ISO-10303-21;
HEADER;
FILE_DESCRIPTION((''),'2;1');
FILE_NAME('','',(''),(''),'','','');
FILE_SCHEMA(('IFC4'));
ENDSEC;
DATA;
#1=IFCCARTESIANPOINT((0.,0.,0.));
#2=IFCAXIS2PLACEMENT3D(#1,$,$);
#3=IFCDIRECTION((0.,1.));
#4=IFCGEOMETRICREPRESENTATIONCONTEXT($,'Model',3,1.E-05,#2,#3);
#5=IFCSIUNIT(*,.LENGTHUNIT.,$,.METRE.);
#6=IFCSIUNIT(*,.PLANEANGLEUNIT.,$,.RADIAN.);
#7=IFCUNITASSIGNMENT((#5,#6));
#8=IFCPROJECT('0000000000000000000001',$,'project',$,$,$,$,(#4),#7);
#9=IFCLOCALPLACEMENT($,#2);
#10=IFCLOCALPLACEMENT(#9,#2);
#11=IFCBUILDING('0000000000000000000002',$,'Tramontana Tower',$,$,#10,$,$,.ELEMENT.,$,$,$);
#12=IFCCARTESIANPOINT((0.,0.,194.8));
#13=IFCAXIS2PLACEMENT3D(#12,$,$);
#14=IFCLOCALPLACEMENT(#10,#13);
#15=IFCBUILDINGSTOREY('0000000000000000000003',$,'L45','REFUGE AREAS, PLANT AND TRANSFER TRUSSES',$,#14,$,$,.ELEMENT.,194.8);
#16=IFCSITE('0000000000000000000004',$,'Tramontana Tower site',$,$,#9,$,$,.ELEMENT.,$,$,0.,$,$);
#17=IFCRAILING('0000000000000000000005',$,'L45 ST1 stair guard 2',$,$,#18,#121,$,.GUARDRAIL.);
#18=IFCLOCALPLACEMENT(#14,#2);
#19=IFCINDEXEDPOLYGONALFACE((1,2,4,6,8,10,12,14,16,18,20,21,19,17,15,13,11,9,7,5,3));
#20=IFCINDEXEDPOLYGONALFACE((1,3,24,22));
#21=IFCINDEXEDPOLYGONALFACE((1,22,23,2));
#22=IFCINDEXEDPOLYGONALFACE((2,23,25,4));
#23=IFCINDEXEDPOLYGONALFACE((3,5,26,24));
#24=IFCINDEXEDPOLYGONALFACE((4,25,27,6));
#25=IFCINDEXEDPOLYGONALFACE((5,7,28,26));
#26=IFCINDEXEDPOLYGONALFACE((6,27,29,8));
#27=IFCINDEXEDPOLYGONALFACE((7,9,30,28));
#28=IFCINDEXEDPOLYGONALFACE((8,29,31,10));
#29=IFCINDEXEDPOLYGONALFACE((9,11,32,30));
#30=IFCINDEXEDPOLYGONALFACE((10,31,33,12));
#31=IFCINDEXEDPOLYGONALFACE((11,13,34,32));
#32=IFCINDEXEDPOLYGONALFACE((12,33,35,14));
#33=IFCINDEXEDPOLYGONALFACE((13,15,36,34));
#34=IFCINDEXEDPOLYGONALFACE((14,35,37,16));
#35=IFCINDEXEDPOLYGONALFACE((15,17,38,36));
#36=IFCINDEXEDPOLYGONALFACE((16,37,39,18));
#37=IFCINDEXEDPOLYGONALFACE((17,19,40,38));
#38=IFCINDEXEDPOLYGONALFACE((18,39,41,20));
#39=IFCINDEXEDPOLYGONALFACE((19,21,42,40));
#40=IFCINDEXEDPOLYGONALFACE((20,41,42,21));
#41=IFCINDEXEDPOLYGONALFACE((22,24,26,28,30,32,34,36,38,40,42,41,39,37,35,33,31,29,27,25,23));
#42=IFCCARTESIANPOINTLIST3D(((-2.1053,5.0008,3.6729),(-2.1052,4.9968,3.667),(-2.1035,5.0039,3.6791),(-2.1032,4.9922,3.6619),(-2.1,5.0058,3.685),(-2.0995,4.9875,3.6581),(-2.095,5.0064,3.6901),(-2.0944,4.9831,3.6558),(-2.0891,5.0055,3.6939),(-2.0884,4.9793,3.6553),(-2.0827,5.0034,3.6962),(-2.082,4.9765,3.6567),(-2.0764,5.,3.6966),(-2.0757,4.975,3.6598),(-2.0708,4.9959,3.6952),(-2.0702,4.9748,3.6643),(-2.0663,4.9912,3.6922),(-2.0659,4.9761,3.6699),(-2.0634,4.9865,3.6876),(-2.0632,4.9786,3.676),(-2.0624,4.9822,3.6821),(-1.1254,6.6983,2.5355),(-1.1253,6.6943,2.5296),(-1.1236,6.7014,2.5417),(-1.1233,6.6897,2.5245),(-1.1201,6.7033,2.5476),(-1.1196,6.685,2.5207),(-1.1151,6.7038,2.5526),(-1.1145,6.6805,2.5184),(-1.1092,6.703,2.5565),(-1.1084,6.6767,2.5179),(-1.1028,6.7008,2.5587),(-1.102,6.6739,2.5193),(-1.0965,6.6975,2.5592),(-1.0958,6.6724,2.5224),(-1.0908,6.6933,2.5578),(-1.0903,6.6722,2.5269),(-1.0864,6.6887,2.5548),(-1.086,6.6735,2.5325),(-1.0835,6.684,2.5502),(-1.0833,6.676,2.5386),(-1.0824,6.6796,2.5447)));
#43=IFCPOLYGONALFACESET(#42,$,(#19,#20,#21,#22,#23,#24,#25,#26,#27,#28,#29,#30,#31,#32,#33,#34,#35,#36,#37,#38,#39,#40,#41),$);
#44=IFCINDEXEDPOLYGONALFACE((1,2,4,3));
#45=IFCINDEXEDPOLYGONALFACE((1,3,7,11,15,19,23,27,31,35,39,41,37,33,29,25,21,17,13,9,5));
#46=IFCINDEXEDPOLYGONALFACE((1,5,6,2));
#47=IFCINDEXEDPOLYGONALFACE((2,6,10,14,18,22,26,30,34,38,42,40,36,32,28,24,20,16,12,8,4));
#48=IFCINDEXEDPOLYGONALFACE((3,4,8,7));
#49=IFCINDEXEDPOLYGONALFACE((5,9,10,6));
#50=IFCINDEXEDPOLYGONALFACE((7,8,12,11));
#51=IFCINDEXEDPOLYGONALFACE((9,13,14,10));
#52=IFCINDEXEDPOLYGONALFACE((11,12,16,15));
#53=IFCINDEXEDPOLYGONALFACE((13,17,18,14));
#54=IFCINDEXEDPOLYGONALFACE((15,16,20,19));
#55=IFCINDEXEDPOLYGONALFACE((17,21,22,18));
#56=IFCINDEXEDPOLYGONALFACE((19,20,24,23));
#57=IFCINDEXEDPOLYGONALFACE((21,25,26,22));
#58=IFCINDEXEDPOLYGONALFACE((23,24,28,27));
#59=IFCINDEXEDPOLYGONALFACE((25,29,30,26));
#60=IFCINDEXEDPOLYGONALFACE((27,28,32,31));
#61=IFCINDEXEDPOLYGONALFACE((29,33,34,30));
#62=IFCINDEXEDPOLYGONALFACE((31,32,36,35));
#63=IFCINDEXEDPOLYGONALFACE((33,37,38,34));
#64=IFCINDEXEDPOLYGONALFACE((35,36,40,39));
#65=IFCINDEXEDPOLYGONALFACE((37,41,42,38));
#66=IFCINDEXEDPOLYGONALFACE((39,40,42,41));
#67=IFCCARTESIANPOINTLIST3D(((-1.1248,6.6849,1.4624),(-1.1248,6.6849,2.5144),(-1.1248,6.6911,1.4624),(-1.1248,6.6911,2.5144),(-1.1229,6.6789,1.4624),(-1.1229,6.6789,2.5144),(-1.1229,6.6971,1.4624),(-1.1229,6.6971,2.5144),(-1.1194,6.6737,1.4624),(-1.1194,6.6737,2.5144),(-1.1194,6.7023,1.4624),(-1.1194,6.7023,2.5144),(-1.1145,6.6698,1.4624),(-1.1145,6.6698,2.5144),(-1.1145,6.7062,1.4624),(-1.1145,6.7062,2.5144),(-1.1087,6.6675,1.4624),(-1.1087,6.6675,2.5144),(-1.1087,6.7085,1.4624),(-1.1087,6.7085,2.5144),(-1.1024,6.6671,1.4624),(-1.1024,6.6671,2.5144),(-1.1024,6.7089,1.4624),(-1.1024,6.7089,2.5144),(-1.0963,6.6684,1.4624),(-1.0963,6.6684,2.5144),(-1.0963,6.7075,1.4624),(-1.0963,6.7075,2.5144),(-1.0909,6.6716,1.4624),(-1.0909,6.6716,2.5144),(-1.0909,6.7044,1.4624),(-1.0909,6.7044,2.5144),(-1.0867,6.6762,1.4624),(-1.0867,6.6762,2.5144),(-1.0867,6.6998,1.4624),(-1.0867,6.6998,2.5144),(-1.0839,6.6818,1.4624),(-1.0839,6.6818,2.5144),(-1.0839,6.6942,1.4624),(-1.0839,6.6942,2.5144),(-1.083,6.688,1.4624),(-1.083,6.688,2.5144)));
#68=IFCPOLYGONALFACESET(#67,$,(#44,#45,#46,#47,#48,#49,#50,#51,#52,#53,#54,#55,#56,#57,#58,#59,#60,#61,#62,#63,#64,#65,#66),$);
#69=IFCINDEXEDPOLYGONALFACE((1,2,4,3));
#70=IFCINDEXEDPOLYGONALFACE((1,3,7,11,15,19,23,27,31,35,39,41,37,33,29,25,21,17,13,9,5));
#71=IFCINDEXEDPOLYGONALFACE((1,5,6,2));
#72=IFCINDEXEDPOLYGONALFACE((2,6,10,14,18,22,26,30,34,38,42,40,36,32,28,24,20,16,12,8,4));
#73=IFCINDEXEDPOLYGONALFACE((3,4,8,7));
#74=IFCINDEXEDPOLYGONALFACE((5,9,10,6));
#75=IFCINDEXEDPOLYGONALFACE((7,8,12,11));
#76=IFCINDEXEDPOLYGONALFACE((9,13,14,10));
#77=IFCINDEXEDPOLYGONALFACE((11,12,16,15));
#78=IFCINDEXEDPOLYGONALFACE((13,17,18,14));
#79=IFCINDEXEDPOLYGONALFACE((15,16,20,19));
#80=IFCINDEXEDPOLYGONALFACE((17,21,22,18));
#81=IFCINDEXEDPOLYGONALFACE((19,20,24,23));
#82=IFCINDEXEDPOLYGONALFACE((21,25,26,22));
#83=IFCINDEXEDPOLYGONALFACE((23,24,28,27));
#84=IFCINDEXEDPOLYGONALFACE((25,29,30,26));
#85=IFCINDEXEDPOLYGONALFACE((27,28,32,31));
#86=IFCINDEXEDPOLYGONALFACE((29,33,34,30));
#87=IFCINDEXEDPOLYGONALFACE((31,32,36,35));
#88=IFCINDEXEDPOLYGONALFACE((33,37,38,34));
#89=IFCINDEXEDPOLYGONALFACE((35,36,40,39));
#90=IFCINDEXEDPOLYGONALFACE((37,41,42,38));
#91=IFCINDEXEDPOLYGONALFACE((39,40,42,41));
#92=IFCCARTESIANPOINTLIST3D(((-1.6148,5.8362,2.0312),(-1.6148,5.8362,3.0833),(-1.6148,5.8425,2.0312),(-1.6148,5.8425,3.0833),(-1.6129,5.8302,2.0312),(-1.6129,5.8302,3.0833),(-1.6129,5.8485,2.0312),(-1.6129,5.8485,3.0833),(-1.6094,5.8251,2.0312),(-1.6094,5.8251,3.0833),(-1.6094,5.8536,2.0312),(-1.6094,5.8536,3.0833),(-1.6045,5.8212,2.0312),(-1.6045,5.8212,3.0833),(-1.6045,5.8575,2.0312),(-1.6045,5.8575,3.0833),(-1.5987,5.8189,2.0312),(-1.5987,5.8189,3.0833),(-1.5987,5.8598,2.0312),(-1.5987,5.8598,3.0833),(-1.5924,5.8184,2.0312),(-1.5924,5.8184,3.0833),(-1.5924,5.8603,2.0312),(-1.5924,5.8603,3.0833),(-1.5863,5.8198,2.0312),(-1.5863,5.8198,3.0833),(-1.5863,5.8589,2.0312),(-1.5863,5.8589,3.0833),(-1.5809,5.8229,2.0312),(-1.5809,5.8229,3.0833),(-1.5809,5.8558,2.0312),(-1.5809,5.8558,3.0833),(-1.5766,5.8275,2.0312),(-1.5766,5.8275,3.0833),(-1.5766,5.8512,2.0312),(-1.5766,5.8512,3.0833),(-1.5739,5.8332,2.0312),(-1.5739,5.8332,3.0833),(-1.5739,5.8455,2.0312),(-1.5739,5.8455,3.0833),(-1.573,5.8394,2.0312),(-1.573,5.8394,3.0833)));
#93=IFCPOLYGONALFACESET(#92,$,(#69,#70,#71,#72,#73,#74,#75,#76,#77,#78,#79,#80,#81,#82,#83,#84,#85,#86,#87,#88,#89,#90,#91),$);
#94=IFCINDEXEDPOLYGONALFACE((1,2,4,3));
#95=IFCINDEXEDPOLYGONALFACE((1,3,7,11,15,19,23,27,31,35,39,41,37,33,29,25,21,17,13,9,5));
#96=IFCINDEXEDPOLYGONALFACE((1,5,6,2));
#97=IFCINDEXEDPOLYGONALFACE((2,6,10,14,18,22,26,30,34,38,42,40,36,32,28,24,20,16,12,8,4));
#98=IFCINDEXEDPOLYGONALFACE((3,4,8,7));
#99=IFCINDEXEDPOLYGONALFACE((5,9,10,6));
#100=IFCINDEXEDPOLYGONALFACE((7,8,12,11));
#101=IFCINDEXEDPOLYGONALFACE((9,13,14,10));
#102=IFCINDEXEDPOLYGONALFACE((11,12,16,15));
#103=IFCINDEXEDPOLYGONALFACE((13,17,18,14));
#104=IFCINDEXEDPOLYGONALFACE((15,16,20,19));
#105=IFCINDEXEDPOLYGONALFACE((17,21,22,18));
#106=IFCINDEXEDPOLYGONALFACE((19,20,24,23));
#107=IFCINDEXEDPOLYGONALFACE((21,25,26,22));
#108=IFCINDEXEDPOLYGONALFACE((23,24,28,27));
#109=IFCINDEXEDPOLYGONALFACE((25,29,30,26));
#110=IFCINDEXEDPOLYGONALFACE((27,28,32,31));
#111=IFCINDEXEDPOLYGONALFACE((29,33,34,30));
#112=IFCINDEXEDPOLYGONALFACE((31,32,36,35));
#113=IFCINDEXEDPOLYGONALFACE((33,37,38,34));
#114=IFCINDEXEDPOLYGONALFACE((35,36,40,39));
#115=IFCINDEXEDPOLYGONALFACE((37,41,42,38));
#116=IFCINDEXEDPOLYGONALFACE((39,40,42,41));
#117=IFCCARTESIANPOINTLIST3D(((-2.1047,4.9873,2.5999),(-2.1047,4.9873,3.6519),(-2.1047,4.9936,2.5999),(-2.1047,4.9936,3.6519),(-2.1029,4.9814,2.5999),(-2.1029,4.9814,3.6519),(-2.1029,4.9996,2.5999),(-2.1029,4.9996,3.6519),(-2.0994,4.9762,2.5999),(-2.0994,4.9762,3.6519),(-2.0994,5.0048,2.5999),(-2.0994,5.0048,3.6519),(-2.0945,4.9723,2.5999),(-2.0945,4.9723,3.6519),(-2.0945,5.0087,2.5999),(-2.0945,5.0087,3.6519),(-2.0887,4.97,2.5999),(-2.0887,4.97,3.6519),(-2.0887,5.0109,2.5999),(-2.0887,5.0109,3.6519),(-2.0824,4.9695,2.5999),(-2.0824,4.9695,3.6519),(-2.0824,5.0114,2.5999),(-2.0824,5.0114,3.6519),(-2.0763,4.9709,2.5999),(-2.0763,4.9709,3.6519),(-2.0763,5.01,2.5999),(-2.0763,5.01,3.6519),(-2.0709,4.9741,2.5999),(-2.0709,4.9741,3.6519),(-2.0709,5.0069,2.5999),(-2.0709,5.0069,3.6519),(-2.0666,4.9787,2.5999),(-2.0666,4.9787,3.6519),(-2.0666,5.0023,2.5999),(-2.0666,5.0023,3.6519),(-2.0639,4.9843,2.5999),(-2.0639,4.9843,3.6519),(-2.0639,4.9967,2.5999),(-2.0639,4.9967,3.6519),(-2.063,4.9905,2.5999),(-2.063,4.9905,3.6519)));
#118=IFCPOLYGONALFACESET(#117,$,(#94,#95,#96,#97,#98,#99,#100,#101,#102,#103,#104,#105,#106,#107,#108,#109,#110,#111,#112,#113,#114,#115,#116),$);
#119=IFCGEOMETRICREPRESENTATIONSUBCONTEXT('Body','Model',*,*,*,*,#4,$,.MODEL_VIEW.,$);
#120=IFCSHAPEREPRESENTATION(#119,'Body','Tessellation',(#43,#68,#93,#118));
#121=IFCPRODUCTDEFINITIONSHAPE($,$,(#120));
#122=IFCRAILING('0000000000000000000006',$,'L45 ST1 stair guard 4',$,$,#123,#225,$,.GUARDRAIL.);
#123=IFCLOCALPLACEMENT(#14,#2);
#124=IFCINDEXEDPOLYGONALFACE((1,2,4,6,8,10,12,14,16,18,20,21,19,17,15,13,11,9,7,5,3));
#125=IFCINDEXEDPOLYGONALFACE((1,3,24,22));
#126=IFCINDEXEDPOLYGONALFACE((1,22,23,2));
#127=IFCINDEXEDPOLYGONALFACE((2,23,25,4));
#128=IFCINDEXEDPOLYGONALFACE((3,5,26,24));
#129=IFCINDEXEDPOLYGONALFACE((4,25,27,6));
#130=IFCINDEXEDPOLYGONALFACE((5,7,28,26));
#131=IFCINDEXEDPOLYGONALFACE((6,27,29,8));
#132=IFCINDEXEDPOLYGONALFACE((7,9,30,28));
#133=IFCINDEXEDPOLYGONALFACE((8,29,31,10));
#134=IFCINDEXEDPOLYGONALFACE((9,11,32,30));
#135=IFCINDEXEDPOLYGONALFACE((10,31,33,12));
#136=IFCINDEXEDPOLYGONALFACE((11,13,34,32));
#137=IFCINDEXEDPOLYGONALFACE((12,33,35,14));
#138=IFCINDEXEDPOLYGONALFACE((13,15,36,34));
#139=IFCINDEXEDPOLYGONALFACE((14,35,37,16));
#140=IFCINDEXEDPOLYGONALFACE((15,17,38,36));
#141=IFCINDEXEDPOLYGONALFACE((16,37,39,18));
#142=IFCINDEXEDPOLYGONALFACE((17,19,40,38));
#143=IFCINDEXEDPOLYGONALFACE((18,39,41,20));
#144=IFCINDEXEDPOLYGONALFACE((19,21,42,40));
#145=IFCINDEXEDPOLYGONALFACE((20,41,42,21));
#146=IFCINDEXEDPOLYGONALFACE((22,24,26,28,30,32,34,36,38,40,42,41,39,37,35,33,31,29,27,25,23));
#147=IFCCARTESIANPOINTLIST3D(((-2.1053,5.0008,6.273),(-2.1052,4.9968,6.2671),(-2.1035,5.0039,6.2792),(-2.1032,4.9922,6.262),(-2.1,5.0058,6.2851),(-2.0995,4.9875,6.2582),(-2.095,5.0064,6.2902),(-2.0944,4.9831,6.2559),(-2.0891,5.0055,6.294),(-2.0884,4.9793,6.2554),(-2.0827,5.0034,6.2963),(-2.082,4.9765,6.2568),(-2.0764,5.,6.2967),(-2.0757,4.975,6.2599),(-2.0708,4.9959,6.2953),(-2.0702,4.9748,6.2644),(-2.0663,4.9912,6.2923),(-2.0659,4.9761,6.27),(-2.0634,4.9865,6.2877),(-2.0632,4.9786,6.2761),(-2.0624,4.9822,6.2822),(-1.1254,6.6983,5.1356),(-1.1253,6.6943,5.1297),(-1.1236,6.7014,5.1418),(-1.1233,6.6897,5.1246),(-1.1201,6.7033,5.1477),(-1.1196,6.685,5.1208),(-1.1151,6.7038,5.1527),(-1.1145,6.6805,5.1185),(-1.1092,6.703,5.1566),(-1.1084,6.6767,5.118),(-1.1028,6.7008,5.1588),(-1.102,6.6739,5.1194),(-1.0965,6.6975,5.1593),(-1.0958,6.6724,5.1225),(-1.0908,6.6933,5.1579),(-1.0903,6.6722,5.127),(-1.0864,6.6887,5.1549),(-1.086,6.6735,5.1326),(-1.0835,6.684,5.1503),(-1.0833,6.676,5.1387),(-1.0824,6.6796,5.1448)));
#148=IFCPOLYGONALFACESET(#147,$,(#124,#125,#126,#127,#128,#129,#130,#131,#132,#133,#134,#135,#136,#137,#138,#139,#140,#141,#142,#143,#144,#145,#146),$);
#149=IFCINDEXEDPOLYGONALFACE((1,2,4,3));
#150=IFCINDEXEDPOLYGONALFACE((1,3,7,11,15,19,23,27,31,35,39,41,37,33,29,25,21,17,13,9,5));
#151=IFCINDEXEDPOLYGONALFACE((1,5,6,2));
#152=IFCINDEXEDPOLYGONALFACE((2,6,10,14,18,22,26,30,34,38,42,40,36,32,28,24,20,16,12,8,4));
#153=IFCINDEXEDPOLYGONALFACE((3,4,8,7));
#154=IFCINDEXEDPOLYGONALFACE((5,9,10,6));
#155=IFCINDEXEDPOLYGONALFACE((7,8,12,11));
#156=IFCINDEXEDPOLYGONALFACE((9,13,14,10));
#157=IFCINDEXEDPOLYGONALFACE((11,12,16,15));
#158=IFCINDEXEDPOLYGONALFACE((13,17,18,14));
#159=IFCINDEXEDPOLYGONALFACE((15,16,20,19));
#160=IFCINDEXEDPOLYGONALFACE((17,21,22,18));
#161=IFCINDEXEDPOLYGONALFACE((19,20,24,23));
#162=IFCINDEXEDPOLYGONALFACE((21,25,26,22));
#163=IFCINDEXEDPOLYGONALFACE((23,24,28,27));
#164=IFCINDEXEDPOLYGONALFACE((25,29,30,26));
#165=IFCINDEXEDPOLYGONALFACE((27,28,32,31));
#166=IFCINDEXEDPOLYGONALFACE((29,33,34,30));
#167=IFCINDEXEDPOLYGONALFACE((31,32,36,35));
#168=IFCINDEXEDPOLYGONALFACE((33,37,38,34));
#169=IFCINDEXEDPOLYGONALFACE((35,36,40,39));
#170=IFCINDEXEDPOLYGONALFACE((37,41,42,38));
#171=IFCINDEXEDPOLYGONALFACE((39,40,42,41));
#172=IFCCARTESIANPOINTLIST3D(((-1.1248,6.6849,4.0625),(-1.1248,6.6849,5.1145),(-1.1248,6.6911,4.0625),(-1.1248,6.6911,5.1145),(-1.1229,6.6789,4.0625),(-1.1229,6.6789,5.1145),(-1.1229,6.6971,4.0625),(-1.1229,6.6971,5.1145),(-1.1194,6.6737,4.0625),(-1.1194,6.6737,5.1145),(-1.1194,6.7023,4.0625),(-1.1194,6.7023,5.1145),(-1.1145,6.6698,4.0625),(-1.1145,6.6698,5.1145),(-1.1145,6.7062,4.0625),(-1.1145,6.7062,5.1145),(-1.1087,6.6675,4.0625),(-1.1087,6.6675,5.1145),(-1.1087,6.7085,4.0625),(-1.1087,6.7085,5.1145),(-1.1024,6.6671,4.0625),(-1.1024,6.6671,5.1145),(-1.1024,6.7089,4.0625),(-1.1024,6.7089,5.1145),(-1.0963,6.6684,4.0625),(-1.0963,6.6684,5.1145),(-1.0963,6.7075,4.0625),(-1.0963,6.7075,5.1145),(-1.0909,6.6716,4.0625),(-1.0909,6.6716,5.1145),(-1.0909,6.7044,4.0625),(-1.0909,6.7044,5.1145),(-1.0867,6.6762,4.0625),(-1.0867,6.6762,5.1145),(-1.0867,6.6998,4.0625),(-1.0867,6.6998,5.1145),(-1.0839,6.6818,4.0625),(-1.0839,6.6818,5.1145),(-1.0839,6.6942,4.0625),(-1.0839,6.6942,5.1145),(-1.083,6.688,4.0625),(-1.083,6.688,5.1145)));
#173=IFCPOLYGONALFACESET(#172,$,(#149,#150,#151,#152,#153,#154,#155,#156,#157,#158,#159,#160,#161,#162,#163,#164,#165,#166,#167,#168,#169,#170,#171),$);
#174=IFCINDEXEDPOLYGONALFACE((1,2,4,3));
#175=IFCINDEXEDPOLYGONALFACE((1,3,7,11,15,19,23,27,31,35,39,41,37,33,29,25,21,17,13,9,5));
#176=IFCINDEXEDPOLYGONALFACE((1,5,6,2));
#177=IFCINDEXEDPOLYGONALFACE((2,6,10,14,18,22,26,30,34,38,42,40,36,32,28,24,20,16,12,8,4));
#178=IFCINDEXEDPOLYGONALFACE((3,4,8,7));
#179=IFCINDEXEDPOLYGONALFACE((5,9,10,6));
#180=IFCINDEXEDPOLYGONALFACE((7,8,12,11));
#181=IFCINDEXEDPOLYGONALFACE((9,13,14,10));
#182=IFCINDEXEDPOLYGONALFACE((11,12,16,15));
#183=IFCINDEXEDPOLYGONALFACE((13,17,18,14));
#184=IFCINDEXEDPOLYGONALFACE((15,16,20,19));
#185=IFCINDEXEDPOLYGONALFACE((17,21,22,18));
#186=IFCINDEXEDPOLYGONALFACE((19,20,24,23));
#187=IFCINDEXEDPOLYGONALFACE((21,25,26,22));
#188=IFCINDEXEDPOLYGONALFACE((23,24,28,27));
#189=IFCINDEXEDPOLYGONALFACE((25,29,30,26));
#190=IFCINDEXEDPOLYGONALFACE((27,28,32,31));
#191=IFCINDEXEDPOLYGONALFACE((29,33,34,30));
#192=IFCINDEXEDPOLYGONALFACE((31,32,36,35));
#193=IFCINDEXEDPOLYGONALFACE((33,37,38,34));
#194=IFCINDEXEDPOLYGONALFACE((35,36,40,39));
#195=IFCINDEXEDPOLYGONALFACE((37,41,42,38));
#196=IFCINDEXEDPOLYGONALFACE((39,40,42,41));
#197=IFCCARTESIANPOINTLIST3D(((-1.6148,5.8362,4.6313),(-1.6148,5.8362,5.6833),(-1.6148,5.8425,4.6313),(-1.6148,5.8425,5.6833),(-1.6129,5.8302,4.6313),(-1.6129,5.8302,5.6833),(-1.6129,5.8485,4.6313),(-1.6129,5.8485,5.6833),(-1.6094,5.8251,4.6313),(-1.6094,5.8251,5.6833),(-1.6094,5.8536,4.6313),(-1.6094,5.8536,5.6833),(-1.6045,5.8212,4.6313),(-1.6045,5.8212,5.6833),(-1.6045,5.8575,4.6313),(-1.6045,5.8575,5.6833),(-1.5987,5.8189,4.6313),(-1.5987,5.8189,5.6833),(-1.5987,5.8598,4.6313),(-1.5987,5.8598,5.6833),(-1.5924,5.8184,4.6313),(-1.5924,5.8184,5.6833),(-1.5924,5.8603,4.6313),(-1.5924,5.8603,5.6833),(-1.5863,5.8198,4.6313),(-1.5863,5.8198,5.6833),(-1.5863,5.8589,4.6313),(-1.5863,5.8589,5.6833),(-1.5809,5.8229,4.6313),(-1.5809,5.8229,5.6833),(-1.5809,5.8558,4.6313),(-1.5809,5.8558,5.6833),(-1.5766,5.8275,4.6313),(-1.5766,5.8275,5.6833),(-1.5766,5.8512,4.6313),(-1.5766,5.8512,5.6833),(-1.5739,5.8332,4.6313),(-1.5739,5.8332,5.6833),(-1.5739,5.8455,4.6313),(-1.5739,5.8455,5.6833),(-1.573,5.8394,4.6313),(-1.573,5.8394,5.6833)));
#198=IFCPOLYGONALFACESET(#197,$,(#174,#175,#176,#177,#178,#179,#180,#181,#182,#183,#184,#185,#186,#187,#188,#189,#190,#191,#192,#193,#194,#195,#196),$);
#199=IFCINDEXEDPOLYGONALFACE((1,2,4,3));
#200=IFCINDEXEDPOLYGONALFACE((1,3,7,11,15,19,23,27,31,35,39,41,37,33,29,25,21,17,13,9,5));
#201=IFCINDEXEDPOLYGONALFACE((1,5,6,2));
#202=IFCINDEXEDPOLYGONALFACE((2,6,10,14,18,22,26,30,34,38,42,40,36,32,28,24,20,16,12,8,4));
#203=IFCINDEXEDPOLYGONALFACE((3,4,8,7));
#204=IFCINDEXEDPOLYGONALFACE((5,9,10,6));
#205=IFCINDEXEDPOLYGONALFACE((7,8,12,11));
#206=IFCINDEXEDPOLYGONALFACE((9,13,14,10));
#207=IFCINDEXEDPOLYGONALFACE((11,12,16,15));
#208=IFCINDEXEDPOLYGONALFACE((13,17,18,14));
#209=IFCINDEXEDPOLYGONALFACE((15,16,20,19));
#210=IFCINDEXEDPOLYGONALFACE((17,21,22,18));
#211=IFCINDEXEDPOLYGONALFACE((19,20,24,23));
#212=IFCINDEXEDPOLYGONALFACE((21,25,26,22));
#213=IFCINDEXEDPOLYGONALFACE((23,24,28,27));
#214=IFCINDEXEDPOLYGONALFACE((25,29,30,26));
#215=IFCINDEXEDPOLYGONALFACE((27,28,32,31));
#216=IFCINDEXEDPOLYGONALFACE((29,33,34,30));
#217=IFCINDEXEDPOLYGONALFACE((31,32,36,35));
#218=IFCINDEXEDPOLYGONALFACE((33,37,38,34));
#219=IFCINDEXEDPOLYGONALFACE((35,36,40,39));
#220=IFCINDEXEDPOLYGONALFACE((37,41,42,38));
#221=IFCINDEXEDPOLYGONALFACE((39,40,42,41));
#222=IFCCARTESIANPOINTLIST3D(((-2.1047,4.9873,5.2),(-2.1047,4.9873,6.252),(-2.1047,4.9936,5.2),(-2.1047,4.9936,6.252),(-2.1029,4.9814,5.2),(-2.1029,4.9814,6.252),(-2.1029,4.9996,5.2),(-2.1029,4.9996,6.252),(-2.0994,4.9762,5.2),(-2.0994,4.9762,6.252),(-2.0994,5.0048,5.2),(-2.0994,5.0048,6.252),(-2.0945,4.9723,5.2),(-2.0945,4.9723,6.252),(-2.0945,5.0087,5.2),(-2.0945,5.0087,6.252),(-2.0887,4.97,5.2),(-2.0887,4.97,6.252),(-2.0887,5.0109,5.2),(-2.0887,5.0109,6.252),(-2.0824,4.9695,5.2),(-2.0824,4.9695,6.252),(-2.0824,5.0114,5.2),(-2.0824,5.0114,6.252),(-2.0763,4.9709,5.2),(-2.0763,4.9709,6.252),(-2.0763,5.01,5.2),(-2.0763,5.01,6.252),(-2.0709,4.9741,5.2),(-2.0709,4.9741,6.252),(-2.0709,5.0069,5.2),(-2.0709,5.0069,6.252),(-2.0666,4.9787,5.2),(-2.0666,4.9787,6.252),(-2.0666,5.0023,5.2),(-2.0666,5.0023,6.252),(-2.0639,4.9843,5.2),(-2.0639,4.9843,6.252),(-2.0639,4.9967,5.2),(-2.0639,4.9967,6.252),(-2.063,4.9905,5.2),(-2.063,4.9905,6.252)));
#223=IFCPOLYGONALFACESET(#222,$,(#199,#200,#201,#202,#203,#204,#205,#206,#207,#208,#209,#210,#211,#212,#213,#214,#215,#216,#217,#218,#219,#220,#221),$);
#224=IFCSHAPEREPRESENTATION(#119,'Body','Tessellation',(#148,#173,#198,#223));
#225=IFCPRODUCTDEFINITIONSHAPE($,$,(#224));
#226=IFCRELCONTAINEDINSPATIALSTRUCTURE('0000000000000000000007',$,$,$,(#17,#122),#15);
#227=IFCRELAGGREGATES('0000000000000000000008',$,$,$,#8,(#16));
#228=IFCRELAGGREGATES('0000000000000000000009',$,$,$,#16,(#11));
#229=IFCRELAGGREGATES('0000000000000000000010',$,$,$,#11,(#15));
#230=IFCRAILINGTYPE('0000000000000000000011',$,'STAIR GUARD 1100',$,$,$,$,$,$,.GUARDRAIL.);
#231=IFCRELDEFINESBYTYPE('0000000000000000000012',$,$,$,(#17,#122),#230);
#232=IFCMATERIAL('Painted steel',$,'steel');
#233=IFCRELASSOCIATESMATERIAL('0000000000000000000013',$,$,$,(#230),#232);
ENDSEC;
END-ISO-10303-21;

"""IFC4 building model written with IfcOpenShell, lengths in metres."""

from ifc_helpers import new_model, si_unit, direction, frame, origin, origin_2d, place, context, subcontext, project, spatial, circle, extrude, material, type_object, element, save


model = new_model("IFC4")

# Units and contexts
model_context = context("Model", 3, precision=1e-05, world=origin(), true_north=direction((0.0, 1.0)))
body_context = subcontext(model_context, "Body", "Model", "MODEL_VIEW")
ifc_project = project(units=[si_unit("LENGTHUNIT", "METRE"), si_unit("PLANEANGLEUNIT", "RADIAN")], contexts=[model_context])

# Site, building, storey
site_placement = place(None, origin())
site = spatial("IfcSite", under=ifc_project, at=site_placement, Name="Tramontana Tower site", CompositionType="ELEMENT", RefElevation=0.0)
building_placement = place(site_placement, origin())
building = spatial("IfcBuilding", under=site, at=building_placement, Name="Tramontana Tower", CompositionType="ELEMENT")
storey_placement = place(building_placement, frame((0.0, 0.0, 194.8)))
storey = spatial("IfcBuildingStorey", under=building, at=storey_placement, Name="L45", Description="REFUGE AREAS, PLANT AND TRANSFER TRUSSES", CompositionType="ELEMENT", Elevation=194.8)

# Railings
ifc_material_1 = material(Name="Painted steel", Category="steel")
railing_type_1 = type_object("IfcRailingType", Name="STAIR GUARD 1100", PredefinedType="GUARDRAIL", material=ifc_material_1)
for number, where, name in (
    (1, (-1.104, 6.688, 1.4624), "L45 ST1 stair guard 2"),
    (2, (-1.104, 6.688, 4.0625), "L45 ST1 stair guard 4"),
):
    element("IfcRailing", number, at=place(storey_placement, frame(where)), inside=storey, type_object=railing_type_1, Name=name, PredefinedType="GUARDRAIL", context=body_context, shape_type="SweptSolid", body=[
        extrude(circle(Radius=0.0239, at=origin_2d()), frame((0.0, 0.0, 1.0762), z_axis=(-0.432432, -0.749053, 0.501918), x_axis=(0.866042, -0.49997, 0.0)), (0.0, 0.0, 1.0), 2.2661),
        extrude(circle(Radius=0.021, at=origin_2d()), origin(), (0.0, 0.0, 1.0), 1.052),
        extrude(circle(Radius=0.021, at=origin_2d()), frame((-0.49, -0.8486, 0.5688)), (0.0, 0.0, 1.0), 1.052),
        extrude(circle(Radius=0.021, at=origin_2d()), frame((-0.98, -1.6975, 1.1375)), (0.0, 0.0, 1.0), 1.052),
    ])

save(model, "model.ifc")
